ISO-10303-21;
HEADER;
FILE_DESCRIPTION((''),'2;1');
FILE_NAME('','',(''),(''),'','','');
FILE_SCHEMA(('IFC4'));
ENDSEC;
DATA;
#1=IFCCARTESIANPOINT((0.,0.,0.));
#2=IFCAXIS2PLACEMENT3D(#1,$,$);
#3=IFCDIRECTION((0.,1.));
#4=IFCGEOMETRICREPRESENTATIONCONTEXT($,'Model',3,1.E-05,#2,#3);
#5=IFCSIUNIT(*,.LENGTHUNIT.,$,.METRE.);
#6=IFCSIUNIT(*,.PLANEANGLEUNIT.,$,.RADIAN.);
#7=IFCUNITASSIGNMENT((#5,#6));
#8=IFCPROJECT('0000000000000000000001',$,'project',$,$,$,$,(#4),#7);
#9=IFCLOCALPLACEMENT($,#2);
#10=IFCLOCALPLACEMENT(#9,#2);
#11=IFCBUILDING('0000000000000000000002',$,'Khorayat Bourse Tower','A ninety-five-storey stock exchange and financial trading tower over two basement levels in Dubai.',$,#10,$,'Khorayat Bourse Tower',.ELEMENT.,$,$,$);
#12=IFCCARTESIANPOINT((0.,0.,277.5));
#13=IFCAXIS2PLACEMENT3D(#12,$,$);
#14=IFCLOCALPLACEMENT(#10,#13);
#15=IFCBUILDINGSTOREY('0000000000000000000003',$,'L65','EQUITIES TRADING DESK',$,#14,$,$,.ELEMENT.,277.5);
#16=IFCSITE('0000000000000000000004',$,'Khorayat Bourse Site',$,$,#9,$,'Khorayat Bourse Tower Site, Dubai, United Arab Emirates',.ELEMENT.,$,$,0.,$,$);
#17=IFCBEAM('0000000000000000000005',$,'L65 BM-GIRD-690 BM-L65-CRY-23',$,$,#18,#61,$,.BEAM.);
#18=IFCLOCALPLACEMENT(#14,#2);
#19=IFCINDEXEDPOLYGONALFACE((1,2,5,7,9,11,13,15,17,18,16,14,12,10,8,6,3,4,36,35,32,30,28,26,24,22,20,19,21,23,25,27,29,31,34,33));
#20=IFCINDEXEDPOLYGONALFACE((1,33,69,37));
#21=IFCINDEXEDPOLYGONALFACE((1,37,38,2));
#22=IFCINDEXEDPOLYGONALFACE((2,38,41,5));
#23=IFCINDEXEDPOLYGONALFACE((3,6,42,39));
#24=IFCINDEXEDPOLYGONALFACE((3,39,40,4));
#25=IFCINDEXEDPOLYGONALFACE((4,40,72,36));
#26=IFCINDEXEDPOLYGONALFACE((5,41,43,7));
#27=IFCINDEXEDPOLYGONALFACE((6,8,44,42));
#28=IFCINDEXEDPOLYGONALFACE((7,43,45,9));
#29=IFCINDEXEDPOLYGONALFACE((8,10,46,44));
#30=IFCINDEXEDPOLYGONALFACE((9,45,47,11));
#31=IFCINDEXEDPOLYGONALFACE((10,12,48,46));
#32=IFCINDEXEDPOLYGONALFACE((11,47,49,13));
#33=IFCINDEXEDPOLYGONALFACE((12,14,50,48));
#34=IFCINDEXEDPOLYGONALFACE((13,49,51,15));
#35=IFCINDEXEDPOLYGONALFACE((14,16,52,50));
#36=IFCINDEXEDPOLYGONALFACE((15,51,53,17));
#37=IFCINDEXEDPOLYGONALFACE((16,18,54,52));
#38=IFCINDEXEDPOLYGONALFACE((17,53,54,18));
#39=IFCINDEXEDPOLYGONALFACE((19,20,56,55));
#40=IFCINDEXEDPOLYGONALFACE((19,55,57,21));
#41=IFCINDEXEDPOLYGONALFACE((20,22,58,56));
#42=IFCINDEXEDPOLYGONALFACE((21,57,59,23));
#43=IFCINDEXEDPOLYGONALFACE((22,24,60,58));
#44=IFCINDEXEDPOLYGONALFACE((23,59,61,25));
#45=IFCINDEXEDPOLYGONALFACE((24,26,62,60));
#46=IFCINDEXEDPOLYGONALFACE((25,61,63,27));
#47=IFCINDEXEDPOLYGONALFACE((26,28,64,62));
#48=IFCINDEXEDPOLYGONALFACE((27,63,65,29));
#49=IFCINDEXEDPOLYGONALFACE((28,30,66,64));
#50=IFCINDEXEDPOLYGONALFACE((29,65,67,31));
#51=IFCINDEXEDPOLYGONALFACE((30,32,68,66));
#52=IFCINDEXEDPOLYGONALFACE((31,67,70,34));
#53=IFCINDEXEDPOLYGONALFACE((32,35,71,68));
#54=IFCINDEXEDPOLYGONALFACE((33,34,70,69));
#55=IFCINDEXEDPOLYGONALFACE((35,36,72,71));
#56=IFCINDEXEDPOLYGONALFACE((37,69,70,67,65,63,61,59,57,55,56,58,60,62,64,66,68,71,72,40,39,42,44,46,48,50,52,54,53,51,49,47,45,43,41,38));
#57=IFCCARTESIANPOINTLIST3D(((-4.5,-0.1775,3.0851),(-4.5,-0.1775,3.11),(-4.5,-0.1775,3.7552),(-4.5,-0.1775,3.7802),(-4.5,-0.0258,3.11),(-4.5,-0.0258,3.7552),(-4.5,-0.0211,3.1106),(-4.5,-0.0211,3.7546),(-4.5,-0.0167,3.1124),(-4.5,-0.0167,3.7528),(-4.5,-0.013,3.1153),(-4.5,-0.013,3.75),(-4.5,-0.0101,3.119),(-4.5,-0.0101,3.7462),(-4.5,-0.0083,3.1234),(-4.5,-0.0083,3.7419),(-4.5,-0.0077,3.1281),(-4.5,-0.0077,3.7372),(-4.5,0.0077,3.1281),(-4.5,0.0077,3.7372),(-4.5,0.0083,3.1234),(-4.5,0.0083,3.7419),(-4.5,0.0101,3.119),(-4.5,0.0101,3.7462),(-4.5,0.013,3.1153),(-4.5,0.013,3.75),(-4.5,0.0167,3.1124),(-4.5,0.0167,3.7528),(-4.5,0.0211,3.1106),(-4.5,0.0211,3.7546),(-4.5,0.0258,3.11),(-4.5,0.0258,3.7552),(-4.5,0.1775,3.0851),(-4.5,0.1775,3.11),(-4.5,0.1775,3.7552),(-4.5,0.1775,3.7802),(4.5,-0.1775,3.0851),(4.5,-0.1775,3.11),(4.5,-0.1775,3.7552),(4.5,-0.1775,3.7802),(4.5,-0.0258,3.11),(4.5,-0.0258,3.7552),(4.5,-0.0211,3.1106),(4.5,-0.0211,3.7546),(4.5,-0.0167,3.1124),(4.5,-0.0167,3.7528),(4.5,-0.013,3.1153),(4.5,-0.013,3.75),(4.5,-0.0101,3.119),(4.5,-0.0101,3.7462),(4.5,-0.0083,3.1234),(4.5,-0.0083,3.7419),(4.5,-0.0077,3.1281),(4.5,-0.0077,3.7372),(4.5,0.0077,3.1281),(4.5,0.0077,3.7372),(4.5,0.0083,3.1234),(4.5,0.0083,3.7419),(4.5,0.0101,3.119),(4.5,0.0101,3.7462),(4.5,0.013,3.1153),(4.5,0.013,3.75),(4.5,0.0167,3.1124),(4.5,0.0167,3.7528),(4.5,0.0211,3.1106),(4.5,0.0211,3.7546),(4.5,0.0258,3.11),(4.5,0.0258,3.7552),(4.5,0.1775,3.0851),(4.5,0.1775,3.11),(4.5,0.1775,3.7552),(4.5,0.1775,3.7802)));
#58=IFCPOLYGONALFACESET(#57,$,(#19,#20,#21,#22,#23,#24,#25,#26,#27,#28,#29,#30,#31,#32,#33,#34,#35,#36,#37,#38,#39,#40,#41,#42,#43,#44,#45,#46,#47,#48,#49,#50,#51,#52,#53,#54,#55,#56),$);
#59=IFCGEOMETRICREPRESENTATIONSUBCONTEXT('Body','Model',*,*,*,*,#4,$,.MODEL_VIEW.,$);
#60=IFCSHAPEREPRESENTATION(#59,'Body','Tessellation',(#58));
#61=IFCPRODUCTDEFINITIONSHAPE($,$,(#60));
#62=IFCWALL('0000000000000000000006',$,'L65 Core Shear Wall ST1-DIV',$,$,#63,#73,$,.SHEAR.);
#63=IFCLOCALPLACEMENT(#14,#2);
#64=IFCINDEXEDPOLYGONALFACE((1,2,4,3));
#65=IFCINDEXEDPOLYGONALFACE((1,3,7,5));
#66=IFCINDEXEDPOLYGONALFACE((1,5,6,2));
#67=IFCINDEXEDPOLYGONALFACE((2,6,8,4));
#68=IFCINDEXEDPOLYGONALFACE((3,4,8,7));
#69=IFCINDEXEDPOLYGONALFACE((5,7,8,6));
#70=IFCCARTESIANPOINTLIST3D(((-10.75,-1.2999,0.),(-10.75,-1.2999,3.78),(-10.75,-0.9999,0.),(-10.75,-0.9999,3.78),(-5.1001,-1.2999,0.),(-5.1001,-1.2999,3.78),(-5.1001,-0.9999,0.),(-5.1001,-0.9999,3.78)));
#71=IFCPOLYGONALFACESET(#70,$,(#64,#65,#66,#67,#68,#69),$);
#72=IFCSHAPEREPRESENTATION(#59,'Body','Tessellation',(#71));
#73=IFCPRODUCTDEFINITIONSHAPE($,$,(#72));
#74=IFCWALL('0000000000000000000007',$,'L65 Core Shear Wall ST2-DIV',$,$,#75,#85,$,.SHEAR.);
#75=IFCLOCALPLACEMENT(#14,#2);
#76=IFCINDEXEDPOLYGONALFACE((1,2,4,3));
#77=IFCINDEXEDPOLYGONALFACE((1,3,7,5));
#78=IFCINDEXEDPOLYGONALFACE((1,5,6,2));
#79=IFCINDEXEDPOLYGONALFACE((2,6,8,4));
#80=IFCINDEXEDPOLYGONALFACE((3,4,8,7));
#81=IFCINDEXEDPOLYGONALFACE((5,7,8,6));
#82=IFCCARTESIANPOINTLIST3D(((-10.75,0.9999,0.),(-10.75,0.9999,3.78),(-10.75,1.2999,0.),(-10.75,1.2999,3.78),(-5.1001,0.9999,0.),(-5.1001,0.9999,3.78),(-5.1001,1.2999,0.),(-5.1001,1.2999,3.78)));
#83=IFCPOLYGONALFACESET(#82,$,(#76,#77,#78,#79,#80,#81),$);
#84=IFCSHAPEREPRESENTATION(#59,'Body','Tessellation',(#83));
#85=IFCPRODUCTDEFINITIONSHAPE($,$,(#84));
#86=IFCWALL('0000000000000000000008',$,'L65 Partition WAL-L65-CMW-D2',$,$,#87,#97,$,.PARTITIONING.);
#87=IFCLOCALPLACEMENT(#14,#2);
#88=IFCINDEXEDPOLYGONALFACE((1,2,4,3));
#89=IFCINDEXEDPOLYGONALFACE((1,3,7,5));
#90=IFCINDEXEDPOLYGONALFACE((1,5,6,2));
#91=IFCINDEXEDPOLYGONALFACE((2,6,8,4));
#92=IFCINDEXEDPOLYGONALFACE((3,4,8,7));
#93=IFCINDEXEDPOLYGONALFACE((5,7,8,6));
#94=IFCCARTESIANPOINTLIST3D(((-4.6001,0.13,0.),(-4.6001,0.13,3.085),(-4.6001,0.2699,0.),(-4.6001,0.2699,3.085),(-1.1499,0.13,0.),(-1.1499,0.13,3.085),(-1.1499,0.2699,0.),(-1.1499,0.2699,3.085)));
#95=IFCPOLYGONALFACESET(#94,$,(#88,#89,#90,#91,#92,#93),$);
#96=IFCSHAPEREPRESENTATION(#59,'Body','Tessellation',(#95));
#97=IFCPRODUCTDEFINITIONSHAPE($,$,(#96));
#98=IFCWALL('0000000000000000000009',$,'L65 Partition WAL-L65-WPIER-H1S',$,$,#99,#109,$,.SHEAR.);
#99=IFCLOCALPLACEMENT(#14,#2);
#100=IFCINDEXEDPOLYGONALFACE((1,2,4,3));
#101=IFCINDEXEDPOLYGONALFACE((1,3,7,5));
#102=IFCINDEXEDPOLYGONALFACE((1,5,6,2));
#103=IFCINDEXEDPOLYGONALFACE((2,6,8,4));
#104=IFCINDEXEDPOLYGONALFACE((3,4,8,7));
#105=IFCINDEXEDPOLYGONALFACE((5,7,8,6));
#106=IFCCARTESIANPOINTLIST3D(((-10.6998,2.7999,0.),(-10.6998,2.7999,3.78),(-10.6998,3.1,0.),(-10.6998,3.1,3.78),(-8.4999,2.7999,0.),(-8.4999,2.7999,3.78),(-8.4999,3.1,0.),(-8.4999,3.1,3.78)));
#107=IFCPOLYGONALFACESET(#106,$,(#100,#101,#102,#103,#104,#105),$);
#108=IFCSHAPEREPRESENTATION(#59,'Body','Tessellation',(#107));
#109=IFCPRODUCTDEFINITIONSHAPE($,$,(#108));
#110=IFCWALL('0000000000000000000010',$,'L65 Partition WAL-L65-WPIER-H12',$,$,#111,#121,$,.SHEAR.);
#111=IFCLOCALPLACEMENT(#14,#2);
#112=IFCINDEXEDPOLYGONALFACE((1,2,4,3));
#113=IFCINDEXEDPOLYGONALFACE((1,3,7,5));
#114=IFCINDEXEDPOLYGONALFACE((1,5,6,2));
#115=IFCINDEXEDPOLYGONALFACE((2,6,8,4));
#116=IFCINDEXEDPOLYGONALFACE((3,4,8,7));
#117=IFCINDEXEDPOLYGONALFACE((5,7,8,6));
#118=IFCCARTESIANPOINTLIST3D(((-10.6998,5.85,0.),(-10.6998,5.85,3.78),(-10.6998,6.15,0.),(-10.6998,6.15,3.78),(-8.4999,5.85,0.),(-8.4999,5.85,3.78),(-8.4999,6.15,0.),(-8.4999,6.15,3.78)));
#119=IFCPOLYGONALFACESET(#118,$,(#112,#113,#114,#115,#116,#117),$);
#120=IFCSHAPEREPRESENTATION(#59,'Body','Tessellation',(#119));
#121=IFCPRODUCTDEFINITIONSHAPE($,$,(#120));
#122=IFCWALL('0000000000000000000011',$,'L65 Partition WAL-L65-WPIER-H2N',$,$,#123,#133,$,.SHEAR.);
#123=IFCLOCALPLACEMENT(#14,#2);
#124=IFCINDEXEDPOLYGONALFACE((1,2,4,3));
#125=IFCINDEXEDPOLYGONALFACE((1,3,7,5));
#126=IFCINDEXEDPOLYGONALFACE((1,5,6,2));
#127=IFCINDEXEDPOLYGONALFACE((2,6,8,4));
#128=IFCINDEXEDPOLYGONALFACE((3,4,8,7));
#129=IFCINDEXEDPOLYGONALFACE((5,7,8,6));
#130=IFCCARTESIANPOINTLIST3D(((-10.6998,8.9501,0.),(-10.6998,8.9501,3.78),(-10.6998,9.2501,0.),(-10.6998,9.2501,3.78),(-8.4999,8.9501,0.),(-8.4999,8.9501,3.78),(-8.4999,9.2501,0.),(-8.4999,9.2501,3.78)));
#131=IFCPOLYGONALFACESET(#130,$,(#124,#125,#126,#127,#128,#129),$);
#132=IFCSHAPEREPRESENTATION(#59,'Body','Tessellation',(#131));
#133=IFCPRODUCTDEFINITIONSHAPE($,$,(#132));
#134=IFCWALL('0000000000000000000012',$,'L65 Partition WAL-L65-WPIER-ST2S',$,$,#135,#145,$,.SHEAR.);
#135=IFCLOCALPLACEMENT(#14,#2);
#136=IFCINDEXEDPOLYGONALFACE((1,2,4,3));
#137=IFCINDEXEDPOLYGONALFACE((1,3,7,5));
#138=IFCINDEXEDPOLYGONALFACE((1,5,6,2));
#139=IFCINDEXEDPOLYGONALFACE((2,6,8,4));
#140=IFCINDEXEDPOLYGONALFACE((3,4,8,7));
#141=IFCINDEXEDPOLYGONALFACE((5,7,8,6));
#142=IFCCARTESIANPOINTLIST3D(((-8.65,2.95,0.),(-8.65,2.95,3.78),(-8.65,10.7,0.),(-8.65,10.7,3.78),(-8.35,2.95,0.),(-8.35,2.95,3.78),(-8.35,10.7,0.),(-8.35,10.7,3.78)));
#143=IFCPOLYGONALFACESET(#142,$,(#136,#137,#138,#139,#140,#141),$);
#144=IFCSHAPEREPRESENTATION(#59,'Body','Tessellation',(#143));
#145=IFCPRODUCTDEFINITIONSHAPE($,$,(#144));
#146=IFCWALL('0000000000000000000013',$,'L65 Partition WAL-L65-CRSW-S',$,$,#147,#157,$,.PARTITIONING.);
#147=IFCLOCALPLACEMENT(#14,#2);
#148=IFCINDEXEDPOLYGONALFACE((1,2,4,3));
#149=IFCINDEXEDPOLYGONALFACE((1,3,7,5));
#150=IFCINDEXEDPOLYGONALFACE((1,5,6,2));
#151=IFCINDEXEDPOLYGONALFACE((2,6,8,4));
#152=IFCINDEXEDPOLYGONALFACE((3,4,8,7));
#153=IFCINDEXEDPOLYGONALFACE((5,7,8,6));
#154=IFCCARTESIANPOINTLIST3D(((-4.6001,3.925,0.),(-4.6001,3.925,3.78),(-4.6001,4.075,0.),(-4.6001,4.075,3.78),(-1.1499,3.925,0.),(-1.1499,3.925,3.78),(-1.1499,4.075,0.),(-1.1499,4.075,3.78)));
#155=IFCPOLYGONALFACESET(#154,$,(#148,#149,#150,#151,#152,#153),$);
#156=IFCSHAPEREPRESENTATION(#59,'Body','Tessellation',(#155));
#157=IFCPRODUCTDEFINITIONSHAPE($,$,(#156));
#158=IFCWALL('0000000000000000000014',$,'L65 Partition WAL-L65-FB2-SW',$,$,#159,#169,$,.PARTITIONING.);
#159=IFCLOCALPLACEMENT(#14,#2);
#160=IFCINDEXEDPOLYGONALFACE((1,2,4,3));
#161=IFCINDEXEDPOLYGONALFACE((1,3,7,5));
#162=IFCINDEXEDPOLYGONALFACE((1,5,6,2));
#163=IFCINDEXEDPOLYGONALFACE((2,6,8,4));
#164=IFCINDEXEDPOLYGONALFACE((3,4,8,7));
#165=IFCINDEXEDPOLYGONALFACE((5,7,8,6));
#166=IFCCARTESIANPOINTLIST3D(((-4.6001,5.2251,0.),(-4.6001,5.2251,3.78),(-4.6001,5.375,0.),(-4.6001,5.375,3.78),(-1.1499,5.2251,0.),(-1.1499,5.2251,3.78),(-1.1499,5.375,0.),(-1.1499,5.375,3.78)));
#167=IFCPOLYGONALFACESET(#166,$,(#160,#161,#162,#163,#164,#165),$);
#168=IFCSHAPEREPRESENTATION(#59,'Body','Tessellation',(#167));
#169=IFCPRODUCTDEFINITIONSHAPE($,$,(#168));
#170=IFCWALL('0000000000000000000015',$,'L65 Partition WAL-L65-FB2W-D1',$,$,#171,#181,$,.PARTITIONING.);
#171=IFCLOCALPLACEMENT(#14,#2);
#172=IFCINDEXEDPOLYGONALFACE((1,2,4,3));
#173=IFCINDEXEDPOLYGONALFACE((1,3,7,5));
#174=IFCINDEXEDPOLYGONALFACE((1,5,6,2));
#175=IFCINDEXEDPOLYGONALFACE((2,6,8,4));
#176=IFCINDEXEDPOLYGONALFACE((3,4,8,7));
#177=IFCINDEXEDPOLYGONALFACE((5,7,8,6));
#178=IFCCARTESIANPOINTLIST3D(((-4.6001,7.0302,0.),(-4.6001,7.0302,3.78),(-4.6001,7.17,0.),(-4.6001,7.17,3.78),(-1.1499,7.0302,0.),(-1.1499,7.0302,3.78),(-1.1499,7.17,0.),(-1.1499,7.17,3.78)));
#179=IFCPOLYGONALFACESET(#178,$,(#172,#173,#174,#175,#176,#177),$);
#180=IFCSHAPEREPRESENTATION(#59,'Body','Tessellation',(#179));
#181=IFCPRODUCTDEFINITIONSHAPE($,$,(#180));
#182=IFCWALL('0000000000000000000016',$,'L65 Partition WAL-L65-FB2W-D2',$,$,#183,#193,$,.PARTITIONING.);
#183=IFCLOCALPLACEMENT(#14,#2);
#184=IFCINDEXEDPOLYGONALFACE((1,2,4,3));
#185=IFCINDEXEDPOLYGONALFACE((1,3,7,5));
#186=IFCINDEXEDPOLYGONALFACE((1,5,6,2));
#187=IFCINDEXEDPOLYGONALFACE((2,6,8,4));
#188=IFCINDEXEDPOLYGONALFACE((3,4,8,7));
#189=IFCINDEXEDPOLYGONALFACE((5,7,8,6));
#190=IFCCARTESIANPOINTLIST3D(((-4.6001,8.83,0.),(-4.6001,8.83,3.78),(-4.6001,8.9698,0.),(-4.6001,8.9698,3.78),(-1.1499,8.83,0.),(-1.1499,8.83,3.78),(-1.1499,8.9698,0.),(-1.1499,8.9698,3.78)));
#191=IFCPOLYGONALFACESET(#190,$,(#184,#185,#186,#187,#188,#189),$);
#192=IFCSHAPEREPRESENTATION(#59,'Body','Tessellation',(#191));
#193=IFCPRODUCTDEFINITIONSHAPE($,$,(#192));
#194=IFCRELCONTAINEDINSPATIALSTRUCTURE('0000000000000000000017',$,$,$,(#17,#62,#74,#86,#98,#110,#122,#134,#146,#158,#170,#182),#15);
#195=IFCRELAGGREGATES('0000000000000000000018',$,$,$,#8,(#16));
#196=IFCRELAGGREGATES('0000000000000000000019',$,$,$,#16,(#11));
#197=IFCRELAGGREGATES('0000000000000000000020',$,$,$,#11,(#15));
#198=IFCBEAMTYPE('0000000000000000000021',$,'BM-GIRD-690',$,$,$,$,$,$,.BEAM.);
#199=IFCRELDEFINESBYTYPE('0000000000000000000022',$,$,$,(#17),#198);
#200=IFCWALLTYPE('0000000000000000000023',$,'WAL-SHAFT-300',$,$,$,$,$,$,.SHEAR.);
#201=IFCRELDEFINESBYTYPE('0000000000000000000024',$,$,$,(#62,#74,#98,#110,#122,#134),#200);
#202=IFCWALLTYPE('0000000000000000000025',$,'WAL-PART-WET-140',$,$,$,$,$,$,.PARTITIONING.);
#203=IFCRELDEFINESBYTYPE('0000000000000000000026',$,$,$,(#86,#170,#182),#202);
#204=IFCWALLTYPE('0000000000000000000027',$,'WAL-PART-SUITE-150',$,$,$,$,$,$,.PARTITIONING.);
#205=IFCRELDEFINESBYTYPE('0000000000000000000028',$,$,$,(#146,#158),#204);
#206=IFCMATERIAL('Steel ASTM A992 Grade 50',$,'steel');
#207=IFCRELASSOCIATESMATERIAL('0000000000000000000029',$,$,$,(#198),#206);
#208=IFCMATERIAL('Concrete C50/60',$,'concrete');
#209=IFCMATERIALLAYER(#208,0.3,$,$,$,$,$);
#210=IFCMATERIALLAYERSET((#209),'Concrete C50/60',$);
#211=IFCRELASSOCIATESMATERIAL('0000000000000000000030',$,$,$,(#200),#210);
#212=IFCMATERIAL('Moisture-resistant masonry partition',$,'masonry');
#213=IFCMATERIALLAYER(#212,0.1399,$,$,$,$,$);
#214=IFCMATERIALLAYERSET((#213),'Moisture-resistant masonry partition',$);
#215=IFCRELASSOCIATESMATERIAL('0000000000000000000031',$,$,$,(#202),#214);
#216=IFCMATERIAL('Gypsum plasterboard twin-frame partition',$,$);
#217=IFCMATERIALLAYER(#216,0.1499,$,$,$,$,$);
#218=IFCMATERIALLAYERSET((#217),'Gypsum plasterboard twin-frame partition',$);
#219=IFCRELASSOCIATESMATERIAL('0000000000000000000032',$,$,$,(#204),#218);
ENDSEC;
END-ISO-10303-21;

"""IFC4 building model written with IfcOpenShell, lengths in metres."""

from ifc_helpers import new_model, si_unit, direction, frame, frame_2d, origin, origin_2d, place, context, subcontext, project, spatial, rectangle, i_section, extrude, source, transform, mapped, material, layer, layer_set, material_profile, profile_set, type_object, element, save


model = new_model("IFC4")

# Units and contexts
model_context = context("Model", 3, precision=1e-05, world=origin(), true_north=direction((0.0, 1.0)))
body_context = subcontext(model_context, "Body", "Model", "MODEL_VIEW")
ifc_project = project(units=[si_unit("LENGTHUNIT", "METRE"), si_unit("PLANEANGLEUNIT", "RADIAN")], contexts=[model_context])

# Site, building, storey
site_placement = place(None, origin())
site = spatial("IfcSite", under=ifc_project, at=site_placement, Name="Khorayat Bourse Site", LongName="Khorayat Bourse Tower Site, Dubai, United Arab Emirates", CompositionType="ELEMENT", RefElevation=0.0)
building_placement = place(site_placement, origin())
building = spatial("IfcBuilding", under=site, at=building_placement, Name="Khorayat Bourse Tower", Description="A ninety-five-storey stock exchange and financial trading tower over two basement levels in Dubai.", LongName="Khorayat Bourse Tower", CompositionType="ELEMENT")
storey_placement = place(building_placement, frame((0.0, 0.0, 277.5)))
storey = spatial("IfcBuildingStorey", under=building, at=storey_placement, Name="L65", Description="EQUITIES TRADING DESK", CompositionType="ELEMENT", Elevation=277.5)

# Beam
ifc_material_1 = material(Name="Steel ASTM A992 Grade 50", Category="steel")
ifc_material_profile_1 = material_profile(ifc_material_1, i_section(OverallWidth=0.355, OverallDepth=0.6951, WebThickness=0.0154, FlangeThickness=0.0249, FilletRadius=0.0181, at=origin_2d()), Name="W690X217")
ifc_profile_set_1 = profile_set([ifc_material_profile_1], Name="Steel ASTM A992 Grade 50")
beam_type = type_object("IfcBeamType", Name="BM-GIRD-690", PredefinedType="BEAM", material=ifc_profile_set_1)
shared_shape_1 = source(origin(), body_context, "Body", "SweptSolid", [
    extrude(i_section(OverallWidth=0.355, OverallDepth=0.6951, WebThickness=0.0154, FlangeThickness=0.0249, FilletRadius=0.0181, at=origin_2d()), origin(), (0.0, 0.0, 1.0), 9.0),
])
beam_1_placement = place(storey_placement, frame((-4.5, 0.0, 3.4326), z_axis=(1.0, 0.0, 0.0), x_axis=(0.0, 1.0, 0.0)))
element("IfcBeam", 1, at=beam_1_placement, inside=storey, type_object=beam_type, Name="L65 BM-GIRD-690 BM-L65-CRY-23", PredefinedType="BEAM", context=body_context, shape_type="MappedRepresentation", body=[
    mapped(shared_shape_1, transform((0.0, 0.0, 0.0), scale=1.0)),
])

# Walls
ifc_material_2 = material(Name="Concrete C50/60", Category="concrete")
ifc_layer_1 = layer(ifc_material_2, 0.3)
ifc_layer_set_1 = layer_set([ifc_layer_1], Name="Concrete C50/60")
wall_type_1 = type_object("IfcWallType", Name="WAL-SHAFT-300", PredefinedType="SHEAR", material=ifc_layer_set_1)
shared_shape_2 = source(origin(), body_context, "Body", "SweptSolid", [
    extrude(rectangle(XDim=5.6499, YDim=0.3, at=frame_2d((2.825, 0.0))), origin(), (0.0, 0.0, 1.0), 3.78),
])
for number, where, z_axis, x_axis, name in (
    (2, (-10.75, -1.1499, 0.0), (0.0, 0.0, 1.0), (1.0, 0.0, 0.0), "L65 Core Shear Wall ST1-DIV"),
    (3, (-10.75, 1.1499, 0.0), (0.0, 0.0, 1.0), (1.0, 0.0, 0.0), "L65 Core Shear Wall ST2-DIV"),
):
    element("IfcWall", number, at=place(storey_placement, frame(where, z_axis=z_axis, x_axis=x_axis)), inside=storey, type_object=wall_type_1, Name=name, PredefinedType="SHEAR", context=body_context, shape_type="MappedRepresentation", body=[
        mapped(shared_shape_2, transform((0.0, 0.0, 0.0), scale=1.0)),
    ])
ifc_material_3 = material(Name="Moisture-resistant masonry partition", Category="masonry")
ifc_layer_2 = layer(ifc_material_3, 0.1399)
ifc_layer_set_2 = layer_set([ifc_layer_2], Name="Moisture-resistant masonry partition")
wall_type_2 = type_object("IfcWallType", Name="WAL-PART-WET-140", PredefinedType="PARTITIONING", material=ifc_layer_set_2)
shared_shape_3 = source(origin(), body_context, "Body", "SweptSolid", [
    extrude(rectangle(XDim=3.4502, YDim=0.1399, at=frame_2d((1.7251, 0.0))), origin(), (0.0, 0.0, 1.0), 3.085),
])
wall_1_placement = place(storey_placement, frame((-4.6001, 0.2, 0.0), z_axis=(0.0, 0.0, 1.0), x_axis=(1.0, 0.0, 0.0)))
element("IfcWall", 4, at=wall_1_placement, inside=storey, type_object=wall_type_2, Name="L65 Partition WAL-L65-CMW-D2", PredefinedType="PARTITIONING", context=body_context, shape_type="MappedRepresentation", body=[
    mapped(shared_shape_3, transform((0.0, 0.0, 0.0), scale=1.0)),
])
shared_shape_4 = source(origin(), body_context, "Body", "SweptSolid", [
    extrude(rectangle(XDim=2.2, YDim=0.3, at=frame_2d((1.1001, 0.0))), origin(), (0.0, 0.0, 1.0), 3.78),
])
for number, where, z_axis, x_axis, name in (
    (5, (-10.7, 2.95, 0.0), (0.0, 0.0, 1.0), (1.0, 0.0, 0.0), "L65 Partition WAL-L65-WPIER-H1S"),
    (6, (-10.7, 6.0, 0.0), (0.0, 0.0, 1.0), (1.0, 0.0, 0.0), "L65 Partition WAL-L65-WPIER-H12"),
    (7, (-10.7, 9.1001, 0.0), (0.0, 0.0, 1.0), (1.0, 0.0, 0.0), "L65 Partition WAL-L65-WPIER-H2N"),
):
    element("IfcWall", number, at=place(storey_placement, frame(where, z_axis=z_axis, x_axis=x_axis)), inside=storey, type_object=wall_type_1, Name=name, PredefinedType="SHEAR", context=body_context, shape_type="MappedRepresentation", body=[
        mapped(shared_shape_4, transform((0.0, 0.0, 0.0), scale=1.0)),
    ])
shared_shape_5 = source(origin(), body_context, "Body", "SweptSolid", [
    extrude(rectangle(XDim=7.75, YDim=0.3, at=frame_2d((3.875, 0.0))), origin(), (0.0, 0.0, 1.0), 3.78),
])
wall_2_placement = place(storey_placement, frame((-8.5, 2.95, 0.0), z_axis=(0.0, 0.0, 1.0), x_axis=(0.0, 1.0, 0.0)))
element("IfcWall", 8, at=wall_2_placement, inside=storey, type_object=wall_type_1, Name="L65 Partition WAL-L65-WPIER-ST2S", PredefinedType="SHEAR", context=body_context, shape_type="MappedRepresentation", body=[
    mapped(shared_shape_5, transform((0.0, 0.0, 0.0), scale=1.0)),
])
ifc_material_4 = material(Name="Gypsum plasterboard twin-frame partition")
ifc_layer_3 = layer(ifc_material_4, 0.1499)
ifc_layer_set_3 = layer_set([ifc_layer_3], Name="Gypsum plasterboard twin-frame partition")
wall_type_3 = type_object("IfcWallType", Name="WAL-PART-SUITE-150", PredefinedType="PARTITIONING", material=ifc_layer_set_3)
shared_shape_6 = source(origin(), body_context, "Body", "SweptSolid", [
    extrude(rectangle(XDim=3.4502, YDim=0.1499, at=frame_2d((1.7251, 0.0))), origin(), (0.0, 0.0, 1.0), 3.78),
])
for number, where, z_axis, x_axis, name in (
    (9, (-4.6001, 4.0, 0.0), (0.0, 0.0, 1.0), (1.0, 0.0, 0.0), "L65 Partition WAL-L65-CRSW-S"),
    (10, (-4.6001, 5.3, 0.0), (0.0, 0.0, 1.0), (1.0, 0.0, 0.0), "L65 Partition WAL-L65-FB2-SW"),
):
    element("IfcWall", number, at=place(storey_placement, frame(where, z_axis=z_axis, x_axis=x_axis)), inside=storey, type_object=wall_type_3, Name=name, PredefinedType="PARTITIONING", context=body_context, shape_type="MappedRepresentation", body=[
        mapped(shared_shape_6, transform((0.0, 0.0, 0.0), scale=1.0)),
    ])
shared_shape_7 = source(origin(), body_context, "Body", "SweptSolid", [
    extrude(rectangle(XDim=3.4502, YDim=0.1399, at=frame_2d((1.7251, 0.0))), origin(), (0.0, 0.0, 1.0), 3.78),
])
for number, where, z_axis, x_axis, name in (
    (11, (-4.6001, 7.1001, 0.0), (0.0, 0.0, 1.0), (1.0, 0.0, 0.0), "L65 Partition WAL-L65-FB2W-D1"),
    (12, (-4.6001, 8.8999, 0.0), (0.0, 0.0, 1.0), (1.0, 0.0, 0.0), "L65 Partition WAL-L65-FB2W-D2"),
):
    element("IfcWall", number, at=place(storey_placement, frame(where, z_axis=z_axis, x_axis=x_axis)), inside=storey, type_object=wall_type_2, Name=name, PredefinedType="PARTITIONING", context=body_context, shape_type="MappedRepresentation", body=[
        mapped(shared_shape_7, transform((0.0, 0.0, 0.0), scale=1.0)),
    ])

save(model, "model.ifc")
